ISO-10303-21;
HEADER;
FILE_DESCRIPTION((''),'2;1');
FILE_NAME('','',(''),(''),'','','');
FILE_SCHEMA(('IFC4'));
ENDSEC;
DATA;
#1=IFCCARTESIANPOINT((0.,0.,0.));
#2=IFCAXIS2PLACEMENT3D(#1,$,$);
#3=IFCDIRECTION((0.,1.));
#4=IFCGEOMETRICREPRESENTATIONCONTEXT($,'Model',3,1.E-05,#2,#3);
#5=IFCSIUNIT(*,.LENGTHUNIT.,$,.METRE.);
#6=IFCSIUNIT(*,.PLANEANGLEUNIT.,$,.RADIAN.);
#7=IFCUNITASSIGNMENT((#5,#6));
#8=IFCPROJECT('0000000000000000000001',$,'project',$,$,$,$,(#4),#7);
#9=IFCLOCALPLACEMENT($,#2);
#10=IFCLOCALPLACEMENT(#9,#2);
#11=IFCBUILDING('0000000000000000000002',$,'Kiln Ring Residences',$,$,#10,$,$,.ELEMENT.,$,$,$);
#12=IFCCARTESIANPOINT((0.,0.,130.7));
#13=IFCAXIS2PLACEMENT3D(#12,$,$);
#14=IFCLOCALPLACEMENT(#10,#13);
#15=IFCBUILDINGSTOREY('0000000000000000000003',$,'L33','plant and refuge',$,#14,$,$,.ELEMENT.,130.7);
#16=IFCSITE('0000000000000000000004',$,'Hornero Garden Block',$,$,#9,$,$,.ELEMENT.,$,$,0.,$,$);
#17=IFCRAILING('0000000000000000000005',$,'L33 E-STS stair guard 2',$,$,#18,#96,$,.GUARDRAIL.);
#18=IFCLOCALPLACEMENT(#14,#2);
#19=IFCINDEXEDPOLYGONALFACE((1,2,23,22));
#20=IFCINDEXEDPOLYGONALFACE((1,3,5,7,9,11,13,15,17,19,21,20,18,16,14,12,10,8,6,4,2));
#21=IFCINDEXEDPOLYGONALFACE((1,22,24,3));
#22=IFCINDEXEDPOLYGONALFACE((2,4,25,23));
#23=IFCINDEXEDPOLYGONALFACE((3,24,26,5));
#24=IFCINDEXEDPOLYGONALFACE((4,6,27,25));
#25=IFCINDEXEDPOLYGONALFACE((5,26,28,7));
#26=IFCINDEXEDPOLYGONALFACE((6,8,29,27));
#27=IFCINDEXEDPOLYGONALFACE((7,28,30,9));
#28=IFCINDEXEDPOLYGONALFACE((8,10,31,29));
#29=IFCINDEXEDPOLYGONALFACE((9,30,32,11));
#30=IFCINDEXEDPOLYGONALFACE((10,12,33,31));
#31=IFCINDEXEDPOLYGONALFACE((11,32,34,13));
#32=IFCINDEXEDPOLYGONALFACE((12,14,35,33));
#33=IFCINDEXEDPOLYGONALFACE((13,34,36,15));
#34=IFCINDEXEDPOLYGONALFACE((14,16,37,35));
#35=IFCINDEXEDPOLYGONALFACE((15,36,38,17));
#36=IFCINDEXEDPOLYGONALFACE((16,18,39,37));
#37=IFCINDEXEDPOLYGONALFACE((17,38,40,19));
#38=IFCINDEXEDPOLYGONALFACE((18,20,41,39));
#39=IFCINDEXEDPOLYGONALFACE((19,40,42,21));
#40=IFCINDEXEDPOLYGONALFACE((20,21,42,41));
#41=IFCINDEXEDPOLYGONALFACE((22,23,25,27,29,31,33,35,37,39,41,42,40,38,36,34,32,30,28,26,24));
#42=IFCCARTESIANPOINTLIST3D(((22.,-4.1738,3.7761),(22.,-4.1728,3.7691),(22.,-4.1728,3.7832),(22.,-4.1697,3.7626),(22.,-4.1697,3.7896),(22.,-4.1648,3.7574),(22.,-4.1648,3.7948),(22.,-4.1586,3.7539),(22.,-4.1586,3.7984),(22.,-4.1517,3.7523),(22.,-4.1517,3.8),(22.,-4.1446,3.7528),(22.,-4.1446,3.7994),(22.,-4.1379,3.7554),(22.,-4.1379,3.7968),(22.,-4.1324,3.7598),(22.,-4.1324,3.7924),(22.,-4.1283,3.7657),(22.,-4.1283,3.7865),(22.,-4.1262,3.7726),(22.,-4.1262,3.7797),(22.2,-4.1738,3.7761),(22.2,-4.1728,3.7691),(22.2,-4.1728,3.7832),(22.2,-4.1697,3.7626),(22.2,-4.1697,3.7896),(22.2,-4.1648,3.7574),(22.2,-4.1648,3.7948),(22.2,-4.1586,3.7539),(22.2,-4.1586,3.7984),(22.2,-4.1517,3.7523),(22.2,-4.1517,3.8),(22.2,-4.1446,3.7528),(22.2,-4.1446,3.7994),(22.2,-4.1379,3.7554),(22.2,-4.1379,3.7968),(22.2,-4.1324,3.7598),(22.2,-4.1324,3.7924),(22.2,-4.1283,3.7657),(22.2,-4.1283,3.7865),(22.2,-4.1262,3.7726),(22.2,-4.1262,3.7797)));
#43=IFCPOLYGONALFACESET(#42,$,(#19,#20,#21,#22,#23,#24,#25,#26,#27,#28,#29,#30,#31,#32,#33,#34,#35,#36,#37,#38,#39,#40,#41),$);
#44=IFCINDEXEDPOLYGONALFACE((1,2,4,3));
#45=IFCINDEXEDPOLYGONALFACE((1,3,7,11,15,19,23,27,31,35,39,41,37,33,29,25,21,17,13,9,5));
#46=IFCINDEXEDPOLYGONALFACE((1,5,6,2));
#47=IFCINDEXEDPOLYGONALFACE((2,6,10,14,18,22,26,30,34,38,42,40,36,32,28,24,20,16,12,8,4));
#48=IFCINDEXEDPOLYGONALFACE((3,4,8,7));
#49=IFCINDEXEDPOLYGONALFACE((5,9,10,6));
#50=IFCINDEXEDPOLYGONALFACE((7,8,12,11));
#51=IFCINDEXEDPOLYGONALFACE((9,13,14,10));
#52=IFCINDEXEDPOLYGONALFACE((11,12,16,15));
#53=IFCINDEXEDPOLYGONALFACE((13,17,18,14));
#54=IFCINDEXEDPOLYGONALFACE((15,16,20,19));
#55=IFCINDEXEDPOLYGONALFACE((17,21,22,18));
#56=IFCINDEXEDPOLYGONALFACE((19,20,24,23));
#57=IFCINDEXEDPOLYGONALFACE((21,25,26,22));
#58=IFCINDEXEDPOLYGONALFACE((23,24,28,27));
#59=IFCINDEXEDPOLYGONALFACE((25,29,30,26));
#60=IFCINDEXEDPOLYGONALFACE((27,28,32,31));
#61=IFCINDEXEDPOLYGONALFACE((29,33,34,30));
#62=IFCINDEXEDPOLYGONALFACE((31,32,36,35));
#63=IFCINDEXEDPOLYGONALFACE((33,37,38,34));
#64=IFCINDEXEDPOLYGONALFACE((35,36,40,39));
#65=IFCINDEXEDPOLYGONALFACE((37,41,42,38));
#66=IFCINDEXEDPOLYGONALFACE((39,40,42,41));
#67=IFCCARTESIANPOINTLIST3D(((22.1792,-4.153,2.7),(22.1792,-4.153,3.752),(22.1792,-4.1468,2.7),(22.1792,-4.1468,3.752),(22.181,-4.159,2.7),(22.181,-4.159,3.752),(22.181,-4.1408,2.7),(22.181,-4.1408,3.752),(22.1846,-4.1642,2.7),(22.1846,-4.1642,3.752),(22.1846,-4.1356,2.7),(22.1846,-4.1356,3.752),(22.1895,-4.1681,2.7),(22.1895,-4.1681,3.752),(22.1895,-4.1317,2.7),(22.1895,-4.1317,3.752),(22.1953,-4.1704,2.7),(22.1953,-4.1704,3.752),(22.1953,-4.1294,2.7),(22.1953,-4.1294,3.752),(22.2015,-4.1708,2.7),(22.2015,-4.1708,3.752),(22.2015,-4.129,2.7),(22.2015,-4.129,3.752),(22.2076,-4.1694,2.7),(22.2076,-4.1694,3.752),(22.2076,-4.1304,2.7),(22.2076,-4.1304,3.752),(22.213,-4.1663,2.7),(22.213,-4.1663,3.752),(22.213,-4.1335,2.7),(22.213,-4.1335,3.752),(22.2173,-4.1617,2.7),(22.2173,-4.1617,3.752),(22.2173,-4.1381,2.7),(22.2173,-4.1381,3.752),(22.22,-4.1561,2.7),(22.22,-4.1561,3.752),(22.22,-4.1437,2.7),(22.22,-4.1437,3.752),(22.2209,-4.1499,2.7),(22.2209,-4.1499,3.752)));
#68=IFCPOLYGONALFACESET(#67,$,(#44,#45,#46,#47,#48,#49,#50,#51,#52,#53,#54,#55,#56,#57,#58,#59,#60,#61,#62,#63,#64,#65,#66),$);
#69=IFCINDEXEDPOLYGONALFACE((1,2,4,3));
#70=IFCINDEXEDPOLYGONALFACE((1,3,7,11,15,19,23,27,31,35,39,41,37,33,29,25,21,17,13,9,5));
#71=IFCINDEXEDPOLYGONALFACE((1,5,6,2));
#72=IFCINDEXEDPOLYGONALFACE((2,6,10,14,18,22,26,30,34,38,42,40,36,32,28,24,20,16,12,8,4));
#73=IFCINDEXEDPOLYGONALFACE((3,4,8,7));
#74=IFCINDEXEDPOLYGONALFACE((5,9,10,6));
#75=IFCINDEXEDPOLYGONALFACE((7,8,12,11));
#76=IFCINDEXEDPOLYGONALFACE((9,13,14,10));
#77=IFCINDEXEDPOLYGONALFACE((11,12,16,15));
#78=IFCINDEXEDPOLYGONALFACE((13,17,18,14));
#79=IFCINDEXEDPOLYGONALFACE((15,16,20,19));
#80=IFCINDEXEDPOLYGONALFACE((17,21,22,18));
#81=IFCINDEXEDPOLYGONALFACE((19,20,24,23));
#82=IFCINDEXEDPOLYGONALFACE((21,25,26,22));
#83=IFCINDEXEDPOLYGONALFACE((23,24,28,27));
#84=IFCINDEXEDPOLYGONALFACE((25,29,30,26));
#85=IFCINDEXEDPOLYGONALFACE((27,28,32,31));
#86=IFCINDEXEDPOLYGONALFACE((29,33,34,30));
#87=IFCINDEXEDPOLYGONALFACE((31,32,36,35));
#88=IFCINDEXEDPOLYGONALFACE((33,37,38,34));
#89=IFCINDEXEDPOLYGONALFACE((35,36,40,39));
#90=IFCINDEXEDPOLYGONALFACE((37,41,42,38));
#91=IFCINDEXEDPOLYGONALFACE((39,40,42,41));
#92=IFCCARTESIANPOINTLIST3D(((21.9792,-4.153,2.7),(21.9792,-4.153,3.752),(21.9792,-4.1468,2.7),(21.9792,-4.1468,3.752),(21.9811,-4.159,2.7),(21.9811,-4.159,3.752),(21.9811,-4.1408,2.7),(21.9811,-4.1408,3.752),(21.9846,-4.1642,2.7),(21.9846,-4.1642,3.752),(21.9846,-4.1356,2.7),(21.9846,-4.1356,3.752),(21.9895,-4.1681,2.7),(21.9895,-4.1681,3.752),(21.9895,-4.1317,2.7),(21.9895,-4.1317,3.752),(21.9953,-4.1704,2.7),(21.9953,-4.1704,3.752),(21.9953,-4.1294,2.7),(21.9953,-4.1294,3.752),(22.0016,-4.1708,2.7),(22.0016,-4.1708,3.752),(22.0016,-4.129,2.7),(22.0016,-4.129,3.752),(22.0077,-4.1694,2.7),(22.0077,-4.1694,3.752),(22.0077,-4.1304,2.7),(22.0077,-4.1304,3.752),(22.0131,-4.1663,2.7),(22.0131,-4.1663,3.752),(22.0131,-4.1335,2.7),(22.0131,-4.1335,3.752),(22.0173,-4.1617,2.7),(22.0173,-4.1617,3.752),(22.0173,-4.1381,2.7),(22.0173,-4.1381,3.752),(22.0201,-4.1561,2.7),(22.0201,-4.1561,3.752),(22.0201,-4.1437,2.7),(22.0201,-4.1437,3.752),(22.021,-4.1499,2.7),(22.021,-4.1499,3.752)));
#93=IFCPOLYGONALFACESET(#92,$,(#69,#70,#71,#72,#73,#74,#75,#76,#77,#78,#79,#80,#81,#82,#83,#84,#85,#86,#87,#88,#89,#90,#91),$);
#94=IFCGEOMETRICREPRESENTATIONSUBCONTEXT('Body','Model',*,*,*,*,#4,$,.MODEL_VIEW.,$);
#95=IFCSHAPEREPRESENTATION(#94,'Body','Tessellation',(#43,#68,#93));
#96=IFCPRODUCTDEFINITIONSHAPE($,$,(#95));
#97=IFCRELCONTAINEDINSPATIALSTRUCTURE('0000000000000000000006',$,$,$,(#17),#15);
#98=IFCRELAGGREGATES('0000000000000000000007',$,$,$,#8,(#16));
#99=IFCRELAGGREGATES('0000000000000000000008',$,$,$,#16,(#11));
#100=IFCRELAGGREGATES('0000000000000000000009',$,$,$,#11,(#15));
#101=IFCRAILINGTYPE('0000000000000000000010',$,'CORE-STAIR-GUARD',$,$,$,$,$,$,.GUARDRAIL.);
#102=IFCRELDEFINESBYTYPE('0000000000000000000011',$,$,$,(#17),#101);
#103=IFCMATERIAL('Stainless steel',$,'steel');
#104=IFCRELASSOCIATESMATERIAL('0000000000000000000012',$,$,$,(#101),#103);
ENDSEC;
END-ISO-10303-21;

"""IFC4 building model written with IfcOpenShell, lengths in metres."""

from ifc_helpers import new_model, si_unit, direction, frame, origin, origin_2d, place, context, subcontext, project, spatial, circle, extrude, material, type_object, element, save


model = new_model("IFC4")

# Units and contexts
model_context = context("Model", 3, precision=1e-05, world=origin(), true_north=direction((0.0, 1.0)))
body_context = subcontext(model_context, "Body", "Model", "MODEL_VIEW")
ifc_project = project(units=[si_unit("LENGTHUNIT", "METRE"), si_unit("PLANEANGLEUNIT", "RADIAN")], contexts=[model_context])

# Site, building, storey
site_placement = place(None, origin())
site = spatial("IfcSite", under=ifc_project, at=site_placement, Name="Hornero Garden Block", CompositionType="ELEMENT", RefElevation=0.0)
building_placement = place(site_placement, origin())
building = spatial("IfcBuilding", under=site, at=building_placement, Name="Kiln Ring Residences", CompositionType="ELEMENT")
storey_placement = place(building_placement, frame((0.0, 0.0, 130.7)))
storey = spatial("IfcBuildingStorey", under=building, at=storey_placement, Name="L33", Description="plant and refuge", CompositionType="ELEMENT", Elevation=130.7)

# Railing
ifc_material_1 = material(Name="Stainless steel", Category="steel")
railing_type_1 = type_object("IfcRailingType", Name="CORE-STAIR-GUARD", PredefinedType="GUARDRAIL", material=ifc_material_1)
railing_1_placement = place(storey_placement, frame((22.2, -4.1499, 2.7)))
element("IfcRailing", 1, at=railing_1_placement, inside=storey, type_object=railing_type_1, Name="L33 E-STS stair guard 2", PredefinedType="GUARDRAIL", context=body_context, shape_type="SweptSolid", body=[
    extrude(circle(Radius=0.0239, at=origin_2d()), frame((0.0, 0.0, 1.0762), z_axis=(-1.0, 0.0, 0.0), x_axis=(0.0, -1.0, 0.0)), (0.0, 0.0, 1.0), 0.2),
    extrude(circle(Radius=0.021, at=origin_2d()), origin(), (0.0, 0.0, 1.0), 1.052),
    extrude(circle(Radius=0.021, at=origin_2d()), frame((-0.2, 0.0, 0.0)), (0.0, 0.0, 1.0), 1.052),
])

save(model, "model.ifc")
